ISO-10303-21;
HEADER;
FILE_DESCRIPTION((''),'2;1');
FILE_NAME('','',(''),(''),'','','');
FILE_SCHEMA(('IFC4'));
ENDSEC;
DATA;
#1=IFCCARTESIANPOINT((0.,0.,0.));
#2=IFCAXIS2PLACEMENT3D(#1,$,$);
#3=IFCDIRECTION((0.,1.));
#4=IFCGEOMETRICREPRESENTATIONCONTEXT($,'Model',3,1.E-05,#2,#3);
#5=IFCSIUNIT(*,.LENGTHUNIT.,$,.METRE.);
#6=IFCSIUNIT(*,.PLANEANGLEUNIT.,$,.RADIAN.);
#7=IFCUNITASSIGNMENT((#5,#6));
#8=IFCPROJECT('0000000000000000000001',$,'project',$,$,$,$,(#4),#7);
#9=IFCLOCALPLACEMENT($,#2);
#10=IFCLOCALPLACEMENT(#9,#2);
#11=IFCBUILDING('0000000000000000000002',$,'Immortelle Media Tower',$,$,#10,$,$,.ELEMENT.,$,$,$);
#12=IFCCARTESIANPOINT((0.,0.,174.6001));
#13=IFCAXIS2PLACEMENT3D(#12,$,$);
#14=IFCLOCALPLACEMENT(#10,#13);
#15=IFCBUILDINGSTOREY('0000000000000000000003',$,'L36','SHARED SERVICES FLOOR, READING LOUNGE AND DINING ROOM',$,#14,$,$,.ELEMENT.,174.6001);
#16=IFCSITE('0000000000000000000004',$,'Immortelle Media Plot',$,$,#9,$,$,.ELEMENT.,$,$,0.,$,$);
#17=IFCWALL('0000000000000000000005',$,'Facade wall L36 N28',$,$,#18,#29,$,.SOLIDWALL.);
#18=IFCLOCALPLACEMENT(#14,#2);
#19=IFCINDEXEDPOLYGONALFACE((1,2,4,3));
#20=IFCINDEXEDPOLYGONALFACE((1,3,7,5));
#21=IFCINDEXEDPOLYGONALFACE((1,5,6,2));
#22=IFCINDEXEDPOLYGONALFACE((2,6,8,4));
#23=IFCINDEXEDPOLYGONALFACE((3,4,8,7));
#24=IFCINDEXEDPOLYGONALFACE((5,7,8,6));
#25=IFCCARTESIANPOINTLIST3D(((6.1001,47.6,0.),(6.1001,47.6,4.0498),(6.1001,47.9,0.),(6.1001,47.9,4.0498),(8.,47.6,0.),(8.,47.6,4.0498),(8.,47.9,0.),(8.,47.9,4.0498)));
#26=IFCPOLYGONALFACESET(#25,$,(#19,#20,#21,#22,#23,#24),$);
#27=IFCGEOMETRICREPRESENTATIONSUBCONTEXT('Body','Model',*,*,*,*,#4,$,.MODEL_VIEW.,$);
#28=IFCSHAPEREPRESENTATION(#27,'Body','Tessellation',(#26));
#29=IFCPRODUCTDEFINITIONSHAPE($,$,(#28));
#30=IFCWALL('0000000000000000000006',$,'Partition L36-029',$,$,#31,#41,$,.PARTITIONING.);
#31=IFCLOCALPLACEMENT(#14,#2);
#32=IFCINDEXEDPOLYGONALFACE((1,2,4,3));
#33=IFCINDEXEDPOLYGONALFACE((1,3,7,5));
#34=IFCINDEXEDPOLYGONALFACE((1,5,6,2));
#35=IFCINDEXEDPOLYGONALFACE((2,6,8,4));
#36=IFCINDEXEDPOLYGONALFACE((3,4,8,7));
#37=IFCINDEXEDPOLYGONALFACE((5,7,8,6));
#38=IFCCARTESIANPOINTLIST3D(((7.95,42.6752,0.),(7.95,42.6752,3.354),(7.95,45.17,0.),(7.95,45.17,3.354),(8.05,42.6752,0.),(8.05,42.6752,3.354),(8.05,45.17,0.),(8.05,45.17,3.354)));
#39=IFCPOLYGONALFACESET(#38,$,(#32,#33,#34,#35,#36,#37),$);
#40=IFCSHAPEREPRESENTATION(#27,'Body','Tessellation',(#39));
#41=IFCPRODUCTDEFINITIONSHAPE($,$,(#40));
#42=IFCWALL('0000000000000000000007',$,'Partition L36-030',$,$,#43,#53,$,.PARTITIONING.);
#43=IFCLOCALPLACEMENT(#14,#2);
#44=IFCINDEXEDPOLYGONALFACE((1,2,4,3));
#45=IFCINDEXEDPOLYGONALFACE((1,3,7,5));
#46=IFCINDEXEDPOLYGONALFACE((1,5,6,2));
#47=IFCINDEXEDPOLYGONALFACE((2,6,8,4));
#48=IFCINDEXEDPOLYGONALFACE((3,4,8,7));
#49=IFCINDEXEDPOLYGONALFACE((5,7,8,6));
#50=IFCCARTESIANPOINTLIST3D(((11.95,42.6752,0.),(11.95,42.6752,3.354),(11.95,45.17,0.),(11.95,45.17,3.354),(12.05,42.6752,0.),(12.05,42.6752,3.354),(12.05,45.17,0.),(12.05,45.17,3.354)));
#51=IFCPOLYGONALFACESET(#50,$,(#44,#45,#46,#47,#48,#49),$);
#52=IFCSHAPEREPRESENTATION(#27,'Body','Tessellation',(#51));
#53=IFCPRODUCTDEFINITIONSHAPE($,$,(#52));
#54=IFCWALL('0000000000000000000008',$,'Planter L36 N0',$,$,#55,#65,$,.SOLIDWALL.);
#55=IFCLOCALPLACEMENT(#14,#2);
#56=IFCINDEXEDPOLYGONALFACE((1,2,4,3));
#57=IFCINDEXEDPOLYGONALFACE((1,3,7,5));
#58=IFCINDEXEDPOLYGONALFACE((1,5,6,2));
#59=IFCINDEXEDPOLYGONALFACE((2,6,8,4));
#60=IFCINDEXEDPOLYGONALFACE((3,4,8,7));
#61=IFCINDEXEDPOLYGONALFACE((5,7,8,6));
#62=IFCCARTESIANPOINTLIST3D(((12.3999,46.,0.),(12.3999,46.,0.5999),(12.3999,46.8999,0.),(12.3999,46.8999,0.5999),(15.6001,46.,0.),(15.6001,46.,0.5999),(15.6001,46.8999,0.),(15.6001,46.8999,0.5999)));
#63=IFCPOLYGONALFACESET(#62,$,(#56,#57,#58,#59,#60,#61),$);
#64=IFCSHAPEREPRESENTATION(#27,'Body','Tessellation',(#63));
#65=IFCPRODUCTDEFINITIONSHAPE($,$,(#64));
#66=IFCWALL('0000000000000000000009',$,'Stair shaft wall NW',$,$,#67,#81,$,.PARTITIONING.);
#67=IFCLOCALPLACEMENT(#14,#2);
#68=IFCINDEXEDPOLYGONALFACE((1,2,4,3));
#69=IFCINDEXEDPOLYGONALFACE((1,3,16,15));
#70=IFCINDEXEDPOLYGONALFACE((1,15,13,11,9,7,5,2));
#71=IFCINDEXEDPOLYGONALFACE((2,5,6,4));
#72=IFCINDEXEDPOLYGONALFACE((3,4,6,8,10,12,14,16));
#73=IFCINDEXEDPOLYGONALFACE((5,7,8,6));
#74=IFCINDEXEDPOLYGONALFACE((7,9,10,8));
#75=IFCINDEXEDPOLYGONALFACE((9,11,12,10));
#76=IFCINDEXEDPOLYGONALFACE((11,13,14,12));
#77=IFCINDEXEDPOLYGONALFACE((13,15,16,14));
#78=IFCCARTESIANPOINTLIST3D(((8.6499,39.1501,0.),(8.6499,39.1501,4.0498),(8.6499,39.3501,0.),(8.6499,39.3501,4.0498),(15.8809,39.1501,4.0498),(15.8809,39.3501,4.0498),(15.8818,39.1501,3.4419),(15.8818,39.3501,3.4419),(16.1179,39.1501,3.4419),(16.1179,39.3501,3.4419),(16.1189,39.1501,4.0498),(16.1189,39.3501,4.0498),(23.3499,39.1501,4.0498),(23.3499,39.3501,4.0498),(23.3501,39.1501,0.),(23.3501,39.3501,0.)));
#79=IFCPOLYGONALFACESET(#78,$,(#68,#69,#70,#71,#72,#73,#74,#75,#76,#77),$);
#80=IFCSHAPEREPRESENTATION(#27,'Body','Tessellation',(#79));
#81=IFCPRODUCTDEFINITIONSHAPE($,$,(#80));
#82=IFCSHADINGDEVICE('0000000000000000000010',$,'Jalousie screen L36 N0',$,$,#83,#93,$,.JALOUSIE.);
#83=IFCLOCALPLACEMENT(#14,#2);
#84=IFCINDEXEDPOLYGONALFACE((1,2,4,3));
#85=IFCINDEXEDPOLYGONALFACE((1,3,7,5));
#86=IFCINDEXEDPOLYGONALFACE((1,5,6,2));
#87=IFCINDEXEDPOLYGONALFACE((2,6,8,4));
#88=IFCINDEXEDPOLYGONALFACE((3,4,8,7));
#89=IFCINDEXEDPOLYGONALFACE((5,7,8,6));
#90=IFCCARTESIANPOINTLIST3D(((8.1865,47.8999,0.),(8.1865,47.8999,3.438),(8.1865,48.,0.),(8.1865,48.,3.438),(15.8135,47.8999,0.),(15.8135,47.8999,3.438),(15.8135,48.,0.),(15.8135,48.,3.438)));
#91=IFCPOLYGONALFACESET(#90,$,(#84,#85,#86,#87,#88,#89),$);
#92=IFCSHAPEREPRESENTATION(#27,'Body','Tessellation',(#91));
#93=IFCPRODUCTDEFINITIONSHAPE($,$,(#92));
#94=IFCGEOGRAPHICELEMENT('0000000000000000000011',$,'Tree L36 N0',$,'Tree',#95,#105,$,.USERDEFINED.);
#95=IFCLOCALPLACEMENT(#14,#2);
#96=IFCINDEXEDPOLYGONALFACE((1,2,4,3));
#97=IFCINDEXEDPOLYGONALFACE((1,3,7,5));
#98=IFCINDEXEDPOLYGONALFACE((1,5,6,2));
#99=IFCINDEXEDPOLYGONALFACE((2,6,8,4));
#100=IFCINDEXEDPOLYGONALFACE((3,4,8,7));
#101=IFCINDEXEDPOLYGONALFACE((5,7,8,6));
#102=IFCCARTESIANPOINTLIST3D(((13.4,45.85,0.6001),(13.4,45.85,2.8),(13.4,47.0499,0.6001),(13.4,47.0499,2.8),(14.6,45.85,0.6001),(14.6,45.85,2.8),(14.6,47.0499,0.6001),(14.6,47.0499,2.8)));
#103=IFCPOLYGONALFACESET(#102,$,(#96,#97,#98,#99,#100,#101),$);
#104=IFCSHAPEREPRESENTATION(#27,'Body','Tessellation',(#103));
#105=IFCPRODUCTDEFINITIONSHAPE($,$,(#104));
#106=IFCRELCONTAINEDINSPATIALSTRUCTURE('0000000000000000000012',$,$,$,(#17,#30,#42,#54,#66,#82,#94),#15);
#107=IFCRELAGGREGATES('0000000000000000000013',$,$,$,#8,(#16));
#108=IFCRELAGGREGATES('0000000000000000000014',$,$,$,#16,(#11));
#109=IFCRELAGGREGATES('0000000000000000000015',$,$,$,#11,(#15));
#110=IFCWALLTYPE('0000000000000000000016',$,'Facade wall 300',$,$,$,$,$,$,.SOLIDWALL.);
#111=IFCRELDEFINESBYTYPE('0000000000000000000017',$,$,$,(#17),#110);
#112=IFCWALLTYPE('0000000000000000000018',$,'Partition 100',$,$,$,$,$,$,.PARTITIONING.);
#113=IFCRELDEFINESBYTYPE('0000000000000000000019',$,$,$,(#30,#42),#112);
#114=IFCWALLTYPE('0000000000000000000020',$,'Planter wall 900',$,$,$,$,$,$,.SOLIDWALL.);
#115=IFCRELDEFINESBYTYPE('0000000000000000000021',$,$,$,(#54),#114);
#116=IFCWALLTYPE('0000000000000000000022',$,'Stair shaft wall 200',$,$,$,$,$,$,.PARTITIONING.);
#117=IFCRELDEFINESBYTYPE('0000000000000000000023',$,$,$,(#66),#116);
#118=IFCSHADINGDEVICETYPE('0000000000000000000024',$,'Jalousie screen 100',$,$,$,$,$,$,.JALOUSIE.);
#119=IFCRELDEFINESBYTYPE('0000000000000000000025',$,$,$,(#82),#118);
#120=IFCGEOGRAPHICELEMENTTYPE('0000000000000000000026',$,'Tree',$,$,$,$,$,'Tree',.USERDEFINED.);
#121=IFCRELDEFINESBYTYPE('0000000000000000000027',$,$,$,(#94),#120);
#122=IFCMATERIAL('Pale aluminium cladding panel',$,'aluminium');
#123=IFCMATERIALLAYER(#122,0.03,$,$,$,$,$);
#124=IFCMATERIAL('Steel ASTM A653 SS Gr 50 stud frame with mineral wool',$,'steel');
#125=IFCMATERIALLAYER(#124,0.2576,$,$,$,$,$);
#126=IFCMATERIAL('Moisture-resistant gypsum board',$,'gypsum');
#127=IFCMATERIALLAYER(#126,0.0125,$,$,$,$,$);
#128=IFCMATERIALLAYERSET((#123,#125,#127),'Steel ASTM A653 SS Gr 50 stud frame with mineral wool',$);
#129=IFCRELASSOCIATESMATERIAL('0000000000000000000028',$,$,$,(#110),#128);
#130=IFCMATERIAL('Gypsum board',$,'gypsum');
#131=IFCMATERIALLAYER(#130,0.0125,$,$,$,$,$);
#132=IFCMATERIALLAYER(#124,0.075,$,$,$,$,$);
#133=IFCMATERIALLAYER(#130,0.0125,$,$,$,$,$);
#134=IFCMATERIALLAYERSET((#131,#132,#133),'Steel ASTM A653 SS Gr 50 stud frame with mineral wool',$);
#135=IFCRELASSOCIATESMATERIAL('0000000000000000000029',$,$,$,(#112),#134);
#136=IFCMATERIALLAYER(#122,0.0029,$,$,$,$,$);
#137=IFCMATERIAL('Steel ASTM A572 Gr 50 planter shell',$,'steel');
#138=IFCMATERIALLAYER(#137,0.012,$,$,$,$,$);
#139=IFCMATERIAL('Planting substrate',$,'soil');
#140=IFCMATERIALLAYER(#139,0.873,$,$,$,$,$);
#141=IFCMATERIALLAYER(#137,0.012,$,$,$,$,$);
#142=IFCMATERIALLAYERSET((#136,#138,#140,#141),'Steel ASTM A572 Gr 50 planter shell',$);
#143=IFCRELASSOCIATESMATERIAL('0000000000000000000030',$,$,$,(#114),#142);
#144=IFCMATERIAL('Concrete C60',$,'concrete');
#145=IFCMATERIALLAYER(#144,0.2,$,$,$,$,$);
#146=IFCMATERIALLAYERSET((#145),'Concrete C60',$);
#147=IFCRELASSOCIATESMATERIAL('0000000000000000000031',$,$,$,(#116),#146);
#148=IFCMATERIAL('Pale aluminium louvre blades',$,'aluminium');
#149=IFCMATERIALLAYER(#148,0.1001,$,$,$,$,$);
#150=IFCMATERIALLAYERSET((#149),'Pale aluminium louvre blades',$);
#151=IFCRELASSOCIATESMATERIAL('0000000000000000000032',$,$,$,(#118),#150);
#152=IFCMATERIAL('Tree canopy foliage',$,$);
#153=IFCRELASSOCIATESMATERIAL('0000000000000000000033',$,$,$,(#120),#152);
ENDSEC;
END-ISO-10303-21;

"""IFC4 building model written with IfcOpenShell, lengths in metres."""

from ifc_helpers import new_model, si_unit, direction, frame, frame_2d, origin, origin_2d, place, context, subcontext, project, spatial, polyline, rectangle, outline, extrude, material, layer, layer_set, type_object, element, save


model = new_model("IFC4")

# Units and contexts
model_context = context("Model", 3, precision=1e-05, world=origin(), true_north=direction((0.0, 1.0)))
body_context = subcontext(model_context, "Body", "Model", "MODEL_VIEW")
ifc_project = project(units=[si_unit("LENGTHUNIT", "METRE"), si_unit("PLANEANGLEUNIT", "RADIAN")], contexts=[model_context])

# Site, building, storey
site_placement = place(None, origin())
site = spatial("IfcSite", under=ifc_project, at=site_placement, Name="Immortelle Media Plot", CompositionType="ELEMENT", RefElevation=0.0)
building_placement = place(site_placement, origin())
building = spatial("IfcBuilding", under=site, at=building_placement, Name="Immortelle Media Tower", CompositionType="ELEMENT")
storey_placement = place(building_placement, frame((0.0, 0.0, 174.6001)))
storey = spatial("IfcBuildingStorey", under=building, at=storey_placement, Name="L36", Description="SHARED SERVICES FLOOR, READING LOUNGE AND DINING ROOM", CompositionType="ELEMENT", Elevation=174.6001)

# Shared definitions
ifc_material_1 = material(Name="Steel ASTM A653 SS Gr 50 stud frame with mineral wool", Category="steel")

# Shared definitions
ifc_material_2 = material(Name="Pale aluminium cladding panel", Category="aluminium")
ifc_layer_1 = layer(ifc_material_2, 0.03)
ifc_layer_2 = layer(ifc_material_1, 0.2576)
ifc_material_3 = material(Name="Moisture-resistant gypsum board", Category="gypsum")
ifc_layer_3 = layer(ifc_material_3, 0.0125)
ifc_layer_set_1 = layer_set([ifc_layer_1, ifc_layer_2, ifc_layer_3], Name="Steel ASTM A653 SS Gr 50 stud frame with mineral wool")
wall_type_1 = type_object("IfcWallType", Name="Facade wall 300", PredefinedType="SOLIDWALL", material=ifc_layer_set_1)

# Walls
wall_1_placement = place(storey_placement, frame((8.0, 47.75, 0.0), z_axis=(0.0, 0.0, 1.0), x_axis=(-1.0, 0.0, 0.0)))
element("IfcWall", 1, at=wall_1_placement, inside=storey, type_object=wall_type_1, Name="Facade wall L36 N28", PredefinedType="SOLIDWALL", context=body_context, shape_type="SweptSolid", body=[
    extrude(rectangle(XDim=1.8999, YDim=0.3, at=frame_2d((0.95, 0.0))), origin(), (0.0, 0.0, 1.0), 4.0498),
])
ifc_material_4 = material(Name="Gypsum board", Category="gypsum")
ifc_layer_4 = layer(ifc_material_4, 0.0125)
ifc_layer_5 = layer(ifc_material_1, 0.075)
ifc_layer_6 = layer(ifc_material_4, 0.0125)
ifc_layer_set_2 = layer_set([ifc_layer_4, ifc_layer_5, ifc_layer_6], Name="Steel ASTM A653 SS Gr 50 stud frame with mineral wool")
wall_type_2 = type_object("IfcWallType", Name="Partition 100", PredefinedType="PARTITIONING", material=ifc_layer_set_2)
for number, where, z_axis, x_axis, name in (
    (2, (8.0, 42.675, 0.0), (0.0, 0.0, 1.0), (0.0, 1.0, 0.0), "Partition L36-029"),
    (3, (12.0, 42.675, 0.0), (0.0, 0.0, 1.0), (0.0, 1.0, 0.0), "Partition L36-030"),
):
    element("IfcWall", number, at=place(storey_placement, frame(where, z_axis=z_axis, x_axis=x_axis)), inside=storey, type_object=wall_type_2, Name=name, PredefinedType="PARTITIONING", context=body_context, shape_type="SweptSolid", body=[
        extrude(rectangle(XDim=2.4949, YDim=0.1001, at=frame_2d((1.2476, 0.0))), origin(), (0.0, 0.0, 1.0), 3.354),
    ])
ifc_layer_7 = layer(ifc_material_2, 0.0029)
ifc_material_5 = material(Name="Steel ASTM A572 Gr 50 planter shell", Category="steel")
ifc_layer_8 = layer(ifc_material_5, 0.012)
ifc_material_6 = material(Name="Planting substrate", Category="soil")
ifc_layer_9 = layer(ifc_material_6, 0.873)
ifc_layer_10 = layer(ifc_material_5, 0.012)
ifc_layer_set_3 = layer_set([ifc_layer_7, ifc_layer_8, ifc_layer_9, ifc_layer_10], Name="Steel ASTM A572 Gr 50 planter shell")
wall_type_3 = type_object("IfcWallType", Name="Planter wall 900", PredefinedType="SOLIDWALL", material=ifc_layer_set_3)
wall_2_placement = place(storey_placement, frame((15.6001, 46.45, 0.0), z_axis=(0.0, 0.0, 1.0), x_axis=(-1.0, 0.0, 0.0)))
element("IfcWall", 4, at=wall_2_placement, inside=storey, type_object=wall_type_3, Name="Planter L36 N0", PredefinedType="SOLIDWALL", context=body_context, shape_type="SweptSolid", body=[
    extrude(rectangle(XDim=3.2002, YDim=0.8999, at=frame_2d((1.6001, 0.0))), origin(), (0.0, 0.0, 1.0), 0.5999),
])
ifc_material_7 = material(Name="Concrete C60", Category="concrete")
ifc_layer_11 = layer(ifc_material_7, 0.2)
ifc_layer_set_4 = layer_set([ifc_layer_11], Name="Concrete C60")
wall_type_4 = type_object("IfcWallType", Name="Stair shaft wall 200", PredefinedType="PARTITIONING", material=ifc_layer_set_4)
wall_3_placement = place(storey_placement, frame((8.6499, 39.25, 0.0), z_axis=(0.0, 0.0, 1.0), x_axis=(1.0, 0.0, 0.0)))
element("IfcWall", 5, at=wall_3_placement, inside=storey, type_object=wall_type_4, Name="Stair shaft wall NW", PredefinedType="PARTITIONING", context=body_context, shape_type="SweptSolid", body=[
    extrude(outline(polyline([(0.0, 0.0), (14.7002, 0.0), (14.7, 4.0498), (7.469, 4.0498), (7.468, 3.4419), (7.2319, 3.4419), (7.231, 4.0498), (0.0, 4.0498), (0.0, 0.0)])), frame((0.0, 0.1001, 0.0), z_axis=(0.0, -1.0, 0.0), x_axis=(1.0, 0.0, 0.0)), (0.0, 0.0, 1.0), 0.2),
])

# Shading device
ifc_material_8 = material(Name="Pale aluminium louvre blades", Category="aluminium")
ifc_layer_12 = layer(ifc_material_8, 0.1001)
ifc_layer_set_5 = layer_set([ifc_layer_12], Name="Pale aluminium louvre blades")
shading_device_type = type_object("IfcShadingDeviceType", Name="Jalousie screen 100", PredefinedType="JALOUSIE", material=ifc_layer_set_5)
shading_device_placement = place(storey_placement, frame((12.0, 47.95, 0.0), z_axis=(0.0, 0.0, 1.0), x_axis=(-1.0, 0.0, 0.0)))
element("IfcShadingDevice", 6, at=shading_device_placement, inside=storey, type_object=shading_device_type, Name="Jalousie screen L36 N0", PredefinedType="JALOUSIE", context=body_context, shape_type="SweptSolid", body=[
    extrude(rectangle(XDim=7.627, YDim=0.1001, at=origin_2d()), origin(), (0.0, 0.0, 1.0), 3.438),
])

# Geographic element
ifc_material_9 = material(Name="Tree canopy foliage")
geographic_element_type = type_object("IfcGeographicElementType", Name="Tree", ElementType="Tree", PredefinedType="USERDEFINED", material=ifc_material_9)
geographic_element_placement = place(storey_placement, frame((14.0, 46.45, 0.6001), z_axis=(0.0, 0.0, 1.0), x_axis=(1.0, 0.0, 0.0)))
element("IfcGeographicElement", 7, at=geographic_element_placement, inside=storey, type_object=geographic_element_type, Name="Tree L36 N0", ObjectType="Tree", PredefinedType="USERDEFINED", context=body_context, shape_type="SweptSolid", body=[
    extrude(rectangle(XDim=1.2, YDim=1.2, at=origin_2d()), origin(), (0.0, 0.0, 1.0), 2.2),
])

save(model, "model.ifc")
